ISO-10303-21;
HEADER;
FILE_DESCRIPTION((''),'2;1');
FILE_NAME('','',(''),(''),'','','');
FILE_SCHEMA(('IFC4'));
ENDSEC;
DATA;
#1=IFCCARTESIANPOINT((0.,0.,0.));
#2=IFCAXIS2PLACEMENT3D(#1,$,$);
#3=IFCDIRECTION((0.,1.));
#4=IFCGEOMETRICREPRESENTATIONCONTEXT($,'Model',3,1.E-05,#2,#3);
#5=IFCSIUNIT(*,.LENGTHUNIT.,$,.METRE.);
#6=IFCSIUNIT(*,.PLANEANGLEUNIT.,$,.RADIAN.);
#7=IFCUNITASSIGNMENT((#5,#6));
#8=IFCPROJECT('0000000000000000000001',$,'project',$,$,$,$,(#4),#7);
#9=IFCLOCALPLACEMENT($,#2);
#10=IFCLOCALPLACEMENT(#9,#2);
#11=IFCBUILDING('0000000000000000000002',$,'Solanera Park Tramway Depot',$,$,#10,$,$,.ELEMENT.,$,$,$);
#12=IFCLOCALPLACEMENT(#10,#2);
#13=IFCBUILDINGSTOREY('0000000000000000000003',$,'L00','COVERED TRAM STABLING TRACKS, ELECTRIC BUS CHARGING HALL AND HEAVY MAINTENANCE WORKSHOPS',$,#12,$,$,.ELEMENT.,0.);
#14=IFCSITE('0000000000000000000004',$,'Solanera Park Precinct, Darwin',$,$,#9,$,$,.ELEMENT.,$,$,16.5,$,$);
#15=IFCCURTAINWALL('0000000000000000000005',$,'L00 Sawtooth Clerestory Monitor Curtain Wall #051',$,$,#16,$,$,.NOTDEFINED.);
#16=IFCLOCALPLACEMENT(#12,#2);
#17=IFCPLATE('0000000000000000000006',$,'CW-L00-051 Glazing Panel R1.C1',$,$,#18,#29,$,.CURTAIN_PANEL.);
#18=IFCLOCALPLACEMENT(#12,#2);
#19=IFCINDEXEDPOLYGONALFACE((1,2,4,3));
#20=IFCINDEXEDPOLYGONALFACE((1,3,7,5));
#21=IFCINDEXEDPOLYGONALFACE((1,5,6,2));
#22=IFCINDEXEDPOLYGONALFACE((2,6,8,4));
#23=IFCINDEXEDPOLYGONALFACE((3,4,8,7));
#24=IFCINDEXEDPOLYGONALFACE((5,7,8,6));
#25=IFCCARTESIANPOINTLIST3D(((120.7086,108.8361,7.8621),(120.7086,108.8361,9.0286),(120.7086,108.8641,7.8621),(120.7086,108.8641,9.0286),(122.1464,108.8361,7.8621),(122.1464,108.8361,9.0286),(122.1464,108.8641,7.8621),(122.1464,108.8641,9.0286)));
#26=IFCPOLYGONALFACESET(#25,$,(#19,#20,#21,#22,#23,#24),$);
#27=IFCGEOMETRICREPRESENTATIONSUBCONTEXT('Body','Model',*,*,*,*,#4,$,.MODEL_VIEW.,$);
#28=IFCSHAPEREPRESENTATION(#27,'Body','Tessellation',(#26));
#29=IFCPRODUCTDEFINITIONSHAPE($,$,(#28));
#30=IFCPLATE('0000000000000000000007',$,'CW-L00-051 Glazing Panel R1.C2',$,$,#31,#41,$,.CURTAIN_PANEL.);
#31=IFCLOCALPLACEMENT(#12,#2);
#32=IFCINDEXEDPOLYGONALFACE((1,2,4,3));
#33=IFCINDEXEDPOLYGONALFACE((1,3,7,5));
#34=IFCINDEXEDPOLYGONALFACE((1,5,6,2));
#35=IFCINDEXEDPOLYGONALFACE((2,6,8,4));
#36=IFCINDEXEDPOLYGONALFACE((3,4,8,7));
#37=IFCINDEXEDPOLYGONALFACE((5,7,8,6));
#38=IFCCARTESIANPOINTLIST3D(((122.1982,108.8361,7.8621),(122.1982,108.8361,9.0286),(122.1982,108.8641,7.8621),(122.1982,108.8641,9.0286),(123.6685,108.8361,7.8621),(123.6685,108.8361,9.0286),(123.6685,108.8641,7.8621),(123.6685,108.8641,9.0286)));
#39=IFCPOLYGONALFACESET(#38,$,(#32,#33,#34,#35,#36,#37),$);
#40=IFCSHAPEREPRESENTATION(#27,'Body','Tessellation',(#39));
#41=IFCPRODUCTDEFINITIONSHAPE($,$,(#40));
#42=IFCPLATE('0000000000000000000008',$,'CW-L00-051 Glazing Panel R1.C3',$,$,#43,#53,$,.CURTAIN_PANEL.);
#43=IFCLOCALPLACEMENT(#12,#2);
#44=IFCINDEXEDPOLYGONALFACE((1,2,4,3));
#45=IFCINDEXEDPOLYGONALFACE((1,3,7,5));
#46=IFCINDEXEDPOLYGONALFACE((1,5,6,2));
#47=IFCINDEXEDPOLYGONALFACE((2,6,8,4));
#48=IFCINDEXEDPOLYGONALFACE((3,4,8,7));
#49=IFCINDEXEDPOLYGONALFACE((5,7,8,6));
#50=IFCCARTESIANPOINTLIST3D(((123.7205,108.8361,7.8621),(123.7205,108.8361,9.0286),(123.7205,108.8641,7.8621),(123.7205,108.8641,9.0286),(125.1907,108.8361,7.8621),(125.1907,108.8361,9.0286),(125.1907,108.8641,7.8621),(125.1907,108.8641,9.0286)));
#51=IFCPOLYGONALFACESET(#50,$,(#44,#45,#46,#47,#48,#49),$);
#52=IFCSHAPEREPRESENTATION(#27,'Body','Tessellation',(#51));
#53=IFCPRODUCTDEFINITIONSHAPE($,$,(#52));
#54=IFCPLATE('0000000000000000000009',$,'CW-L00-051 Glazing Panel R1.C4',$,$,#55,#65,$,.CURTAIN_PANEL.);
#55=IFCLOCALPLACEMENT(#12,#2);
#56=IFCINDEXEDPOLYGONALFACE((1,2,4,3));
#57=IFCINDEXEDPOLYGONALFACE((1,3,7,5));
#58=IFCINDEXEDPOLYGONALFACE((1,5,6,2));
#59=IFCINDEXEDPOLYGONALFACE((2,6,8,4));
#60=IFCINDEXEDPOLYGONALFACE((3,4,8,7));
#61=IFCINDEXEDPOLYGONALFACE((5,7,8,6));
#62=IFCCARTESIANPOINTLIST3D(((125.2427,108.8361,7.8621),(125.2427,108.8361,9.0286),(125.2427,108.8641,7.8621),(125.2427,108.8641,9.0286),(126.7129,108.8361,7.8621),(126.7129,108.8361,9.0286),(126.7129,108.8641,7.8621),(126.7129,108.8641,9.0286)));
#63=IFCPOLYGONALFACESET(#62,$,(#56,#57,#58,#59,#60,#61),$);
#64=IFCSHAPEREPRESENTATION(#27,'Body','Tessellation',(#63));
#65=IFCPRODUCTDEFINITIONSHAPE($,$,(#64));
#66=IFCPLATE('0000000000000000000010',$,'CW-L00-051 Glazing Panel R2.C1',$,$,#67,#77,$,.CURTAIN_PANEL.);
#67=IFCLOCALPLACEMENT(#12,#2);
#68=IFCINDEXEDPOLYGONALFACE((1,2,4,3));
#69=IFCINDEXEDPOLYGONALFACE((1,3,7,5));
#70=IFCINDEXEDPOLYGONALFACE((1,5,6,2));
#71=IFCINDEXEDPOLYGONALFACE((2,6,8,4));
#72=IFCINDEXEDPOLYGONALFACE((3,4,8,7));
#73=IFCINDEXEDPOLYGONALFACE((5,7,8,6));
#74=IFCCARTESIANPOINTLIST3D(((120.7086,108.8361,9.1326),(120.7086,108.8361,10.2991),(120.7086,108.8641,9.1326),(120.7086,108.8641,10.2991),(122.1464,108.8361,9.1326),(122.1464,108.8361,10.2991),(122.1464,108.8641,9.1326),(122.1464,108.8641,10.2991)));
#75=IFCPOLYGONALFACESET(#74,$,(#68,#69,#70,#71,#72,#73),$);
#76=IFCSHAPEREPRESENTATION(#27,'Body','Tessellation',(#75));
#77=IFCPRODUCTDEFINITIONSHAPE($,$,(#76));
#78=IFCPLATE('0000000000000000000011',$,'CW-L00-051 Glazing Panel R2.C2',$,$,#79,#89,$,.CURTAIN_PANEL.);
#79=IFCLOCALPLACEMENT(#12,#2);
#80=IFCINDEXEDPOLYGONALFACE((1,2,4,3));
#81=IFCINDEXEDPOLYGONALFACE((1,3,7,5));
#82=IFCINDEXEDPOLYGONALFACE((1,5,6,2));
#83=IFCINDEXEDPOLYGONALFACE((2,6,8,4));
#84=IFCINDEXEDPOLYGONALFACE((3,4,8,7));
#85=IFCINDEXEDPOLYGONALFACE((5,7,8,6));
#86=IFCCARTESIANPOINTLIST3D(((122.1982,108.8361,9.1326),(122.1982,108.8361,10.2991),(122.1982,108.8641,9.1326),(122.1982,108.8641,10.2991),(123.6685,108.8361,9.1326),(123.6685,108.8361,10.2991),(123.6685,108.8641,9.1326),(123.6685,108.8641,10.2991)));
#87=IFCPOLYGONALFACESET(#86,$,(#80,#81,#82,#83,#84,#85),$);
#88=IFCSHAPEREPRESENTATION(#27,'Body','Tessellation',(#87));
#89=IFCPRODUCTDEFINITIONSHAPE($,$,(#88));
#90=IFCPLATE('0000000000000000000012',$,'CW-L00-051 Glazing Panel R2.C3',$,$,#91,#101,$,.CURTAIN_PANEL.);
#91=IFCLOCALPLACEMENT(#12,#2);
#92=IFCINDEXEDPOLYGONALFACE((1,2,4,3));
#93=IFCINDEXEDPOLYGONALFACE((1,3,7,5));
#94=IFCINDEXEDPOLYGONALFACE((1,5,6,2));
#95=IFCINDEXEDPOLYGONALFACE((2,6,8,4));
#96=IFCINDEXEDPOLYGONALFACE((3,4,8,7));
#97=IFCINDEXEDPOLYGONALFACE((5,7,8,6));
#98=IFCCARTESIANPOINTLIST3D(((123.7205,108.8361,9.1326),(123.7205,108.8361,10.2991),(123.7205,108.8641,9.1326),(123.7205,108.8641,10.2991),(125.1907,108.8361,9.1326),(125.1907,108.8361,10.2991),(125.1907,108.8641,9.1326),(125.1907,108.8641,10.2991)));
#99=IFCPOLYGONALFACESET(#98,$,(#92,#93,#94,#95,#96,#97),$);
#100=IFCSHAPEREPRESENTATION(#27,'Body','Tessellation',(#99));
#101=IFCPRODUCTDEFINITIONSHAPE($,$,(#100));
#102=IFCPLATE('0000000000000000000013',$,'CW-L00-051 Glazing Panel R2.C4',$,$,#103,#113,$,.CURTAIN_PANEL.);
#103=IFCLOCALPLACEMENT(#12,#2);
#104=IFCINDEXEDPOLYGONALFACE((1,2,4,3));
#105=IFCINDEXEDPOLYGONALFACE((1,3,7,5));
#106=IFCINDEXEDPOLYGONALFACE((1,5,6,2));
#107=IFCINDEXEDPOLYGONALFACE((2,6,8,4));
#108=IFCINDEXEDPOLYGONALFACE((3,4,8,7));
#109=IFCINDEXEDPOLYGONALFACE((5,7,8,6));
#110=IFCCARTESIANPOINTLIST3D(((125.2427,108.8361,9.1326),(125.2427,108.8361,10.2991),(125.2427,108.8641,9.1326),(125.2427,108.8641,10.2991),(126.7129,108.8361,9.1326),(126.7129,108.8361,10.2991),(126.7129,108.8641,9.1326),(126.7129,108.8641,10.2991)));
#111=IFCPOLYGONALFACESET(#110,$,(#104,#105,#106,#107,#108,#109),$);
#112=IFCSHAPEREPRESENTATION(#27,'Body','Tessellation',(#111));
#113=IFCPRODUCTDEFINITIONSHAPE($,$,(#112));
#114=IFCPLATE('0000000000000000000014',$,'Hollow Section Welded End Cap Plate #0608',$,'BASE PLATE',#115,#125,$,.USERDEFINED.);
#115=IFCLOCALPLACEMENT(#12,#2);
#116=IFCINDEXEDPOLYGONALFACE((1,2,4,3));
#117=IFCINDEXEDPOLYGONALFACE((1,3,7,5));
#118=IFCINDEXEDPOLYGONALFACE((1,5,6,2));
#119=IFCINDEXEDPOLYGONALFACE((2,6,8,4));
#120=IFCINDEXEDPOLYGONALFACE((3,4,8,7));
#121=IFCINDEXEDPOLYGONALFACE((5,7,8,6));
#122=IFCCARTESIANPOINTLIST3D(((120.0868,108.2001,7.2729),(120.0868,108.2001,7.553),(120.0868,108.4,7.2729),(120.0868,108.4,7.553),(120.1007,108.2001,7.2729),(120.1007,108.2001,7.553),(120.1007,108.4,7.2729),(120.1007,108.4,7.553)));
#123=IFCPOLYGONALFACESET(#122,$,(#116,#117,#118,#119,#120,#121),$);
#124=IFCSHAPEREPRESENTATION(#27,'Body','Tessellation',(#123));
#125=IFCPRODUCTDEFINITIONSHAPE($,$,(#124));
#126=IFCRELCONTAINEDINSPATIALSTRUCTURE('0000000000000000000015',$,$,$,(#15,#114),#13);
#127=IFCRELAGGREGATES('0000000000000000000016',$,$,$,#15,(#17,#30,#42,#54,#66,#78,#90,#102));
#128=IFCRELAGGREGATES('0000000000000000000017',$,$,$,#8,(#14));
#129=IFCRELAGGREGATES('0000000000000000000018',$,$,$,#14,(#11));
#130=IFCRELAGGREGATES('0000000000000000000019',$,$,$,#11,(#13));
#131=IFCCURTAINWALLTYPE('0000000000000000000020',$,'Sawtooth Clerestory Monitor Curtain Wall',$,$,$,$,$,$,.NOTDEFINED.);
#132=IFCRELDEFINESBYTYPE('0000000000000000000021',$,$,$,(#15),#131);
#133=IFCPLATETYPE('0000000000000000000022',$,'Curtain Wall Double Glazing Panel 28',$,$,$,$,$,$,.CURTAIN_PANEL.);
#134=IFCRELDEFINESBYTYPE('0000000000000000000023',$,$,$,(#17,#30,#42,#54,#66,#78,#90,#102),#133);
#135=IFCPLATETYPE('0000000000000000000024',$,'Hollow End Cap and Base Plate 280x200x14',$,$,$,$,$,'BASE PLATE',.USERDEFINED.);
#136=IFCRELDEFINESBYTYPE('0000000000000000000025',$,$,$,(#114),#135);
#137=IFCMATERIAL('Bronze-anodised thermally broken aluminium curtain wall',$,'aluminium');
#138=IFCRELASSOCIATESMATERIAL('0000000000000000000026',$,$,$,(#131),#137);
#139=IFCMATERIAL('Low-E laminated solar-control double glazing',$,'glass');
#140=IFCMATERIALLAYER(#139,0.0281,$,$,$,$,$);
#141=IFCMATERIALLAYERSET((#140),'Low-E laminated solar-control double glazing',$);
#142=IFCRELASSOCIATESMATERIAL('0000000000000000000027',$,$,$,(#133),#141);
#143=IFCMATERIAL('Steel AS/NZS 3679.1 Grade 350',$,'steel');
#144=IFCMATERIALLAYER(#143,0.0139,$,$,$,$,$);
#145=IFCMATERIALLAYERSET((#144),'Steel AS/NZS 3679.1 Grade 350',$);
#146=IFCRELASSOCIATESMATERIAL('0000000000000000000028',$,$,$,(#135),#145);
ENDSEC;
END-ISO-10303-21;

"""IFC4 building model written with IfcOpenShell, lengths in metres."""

from ifc_helpers import new_model, si_unit, direction, frame, origin, origin_2d, place, context, subcontext, project, spatial, rectangle, extrude, material, layer, layer_set, type_object, element, aggregate, save


model = new_model("IFC4")

# Units and contexts
model_context = context("Model", 3, precision=1e-05, world=origin(), true_north=direction((0.0, 1.0)))
body_context = subcontext(model_context, "Body", "Model", "MODEL_VIEW")
ifc_project = project(units=[si_unit("LENGTHUNIT", "METRE"), si_unit("PLANEANGLEUNIT", "RADIAN")], contexts=[model_context])

# Site, building, storey
site_placement = place(None, origin())
site = spatial("IfcSite", under=ifc_project, at=site_placement, Name="Solanera Park Precinct, Darwin", CompositionType="ELEMENT", RefElevation=16.5)
building_placement = place(site_placement, origin())
building = spatial("IfcBuilding", under=site, at=building_placement, Name="Solanera Park Tramway Depot", CompositionType="ELEMENT")
storey_placement = place(building_placement, origin())
storey = spatial("IfcBuildingStorey", under=building, at=storey_placement, Name="L00", Description="COVERED TRAM STABLING TRACKS, ELECTRIC BUS CHARGING HALL AND HEAVY MAINTENANCE WORKSHOPS", CompositionType="ELEMENT", Elevation=0.0)

# Curtain wall
ifc_material_1 = material(Name="Bronze-anodised thermally broken aluminium curtain wall", Category="aluminium")
curtain_wall_type = type_object("IfcCurtainWallType", Name="Sawtooth Clerestory Monitor Curtain Wall", PredefinedType="NOTDEFINED", material=ifc_material_1)
curtain_wall_placement = place(storey_placement, origin())
curtain_wall = element("IfcCurtainWall", 1, at=curtain_wall_placement, inside=storey, type_object=curtain_wall_type, Name="L00 Sawtooth Clerestory Monitor Curtain Wall #051", PredefinedType="NOTDEFINED")

# Plates
ifc_material_2 = material(Name="Low-E laminated solar-control double glazing", Category="glass")
ifc_layer_1 = layer(ifc_material_2, 0.0281)
ifc_layer_set_1 = layer_set([ifc_layer_1], Name="Low-E laminated solar-control double glazing")
plate_type_1 = type_object("IfcPlateType", Name="Curtain Wall Double Glazing Panel 28", PredefinedType="CURTAIN_PANEL", material=ifc_layer_set_1)
plate_1_placement = place(storey_placement, frame((121.4275, 108.8501, 7.8621), z_axis=(0.0, 0.0, 1.0), x_axis=(1.0, 0.0, 0.0)))
plate_1 = element("IfcPlate", 2, at=plate_1_placement, type_object=plate_type_1, Name="CW-L00-051 Glazing Panel R1.C1", PredefinedType="CURTAIN_PANEL", context=body_context, shape_type="SweptSolid", body=[
    extrude(rectangle(XDim=1.4377, YDim=0.0281, at=origin_2d()), origin(), (0.0, 0.0, 1.0), 1.1665),
])
plate_2_placement = place(storey_placement, frame((122.9333, 108.8501, 7.8621), z_axis=(0.0, 0.0, 1.0), x_axis=(1.0, 0.0, 0.0)))
plate_2 = element("IfcPlate", 3, at=plate_2_placement, type_object=plate_type_1, Name="CW-L00-051 Glazing Panel R1.C2", PredefinedType="CURTAIN_PANEL", context=body_context, shape_type="SweptSolid", body=[
    extrude(rectangle(XDim=1.4702, YDim=0.0281, at=origin_2d()), origin(), (0.0, 0.0, 1.0), 1.1665),
])
plate_3_placement = place(storey_placement, frame((124.4556, 108.8501, 7.8621), z_axis=(0.0, 0.0, 1.0), x_axis=(1.0, 0.0, 0.0)))
plate_3 = element("IfcPlate", 4, at=plate_3_placement, type_object=plate_type_1, Name="CW-L00-051 Glazing Panel R1.C3", PredefinedType="CURTAIN_PANEL", context=body_context, shape_type="SweptSolid", body=[
    extrude(rectangle(XDim=1.4702, YDim=0.0281, at=origin_2d()), origin(), (0.0, 0.0, 1.0), 1.1665),
])
plate_4_placement = place(storey_placement, frame((125.9778, 108.8501, 7.8621), z_axis=(0.0, 0.0, 1.0), x_axis=(1.0, 0.0, 0.0)))
plate_4 = element("IfcPlate", 5, at=plate_4_placement, type_object=plate_type_1, Name="CW-L00-051 Glazing Panel R1.C4", PredefinedType="CURTAIN_PANEL", context=body_context, shape_type="SweptSolid", body=[
    extrude(rectangle(XDim=1.4702, YDim=0.0281, at=origin_2d()), origin(), (0.0, 0.0, 1.0), 1.1665),
])
plate_5_placement = place(storey_placement, frame((121.4275, 108.8501, 9.1326), z_axis=(0.0, 0.0, 1.0), x_axis=(1.0, 0.0, 0.0)))
plate_5 = element("IfcPlate", 6, at=plate_5_placement, type_object=plate_type_1, Name="CW-L00-051 Glazing Panel R2.C1", PredefinedType="CURTAIN_PANEL", context=body_context, shape_type="SweptSolid", body=[
    extrude(rectangle(XDim=1.4377, YDim=0.0281, at=origin_2d()), origin(), (0.0, 0.0, 1.0), 1.1665),
])
plate_6_placement = place(storey_placement, frame((122.9333, 108.8501, 9.1326), z_axis=(0.0, 0.0, 1.0), x_axis=(1.0, 0.0, 0.0)))
plate_6 = element("IfcPlate", 7, at=plate_6_placement, type_object=plate_type_1, Name="CW-L00-051 Glazing Panel R2.C2", PredefinedType="CURTAIN_PANEL", context=body_context, shape_type="SweptSolid", body=[
    extrude(rectangle(XDim=1.4702, YDim=0.0281, at=origin_2d()), origin(), (0.0, 0.0, 1.0), 1.1665),
])
plate_7_placement = place(storey_placement, frame((124.4556, 108.8501, 9.1326), z_axis=(0.0, 0.0, 1.0), x_axis=(1.0, 0.0, 0.0)))
plate_7 = element("IfcPlate", 8, at=plate_7_placement, type_object=plate_type_1, Name="CW-L00-051 Glazing Panel R2.C3", PredefinedType="CURTAIN_PANEL", context=body_context, shape_type="SweptSolid", body=[
    extrude(rectangle(XDim=1.4702, YDim=0.0281, at=origin_2d()), origin(), (0.0, 0.0, 1.0), 1.1665),
])
plate_8_placement = place(storey_placement, frame((125.9778, 108.8501, 9.1326), z_axis=(0.0, 0.0, 1.0), x_axis=(1.0, 0.0, 0.0)))
plate_8 = element("IfcPlate", 9, at=plate_8_placement, type_object=plate_type_1, Name="CW-L00-051 Glazing Panel R2.C4", PredefinedType="CURTAIN_PANEL", context=body_context, shape_type="SweptSolid", body=[
    extrude(rectangle(XDim=1.4702, YDim=0.0281, at=origin_2d()), origin(), (0.0, 0.0, 1.0), 1.1665),
])
aggregate(curtain_wall, [plate_1, plate_2, plate_3, plate_4, plate_5, plate_6, plate_7, plate_8])
ifc_material_3 = material(Name="Steel AS/NZS 3679.1 Grade 350", Category="steel")
ifc_layer_2 = layer(ifc_material_3, 0.0139)
ifc_layer_set_2 = layer_set([ifc_layer_2], Name="Steel AS/NZS 3679.1 Grade 350")
plate_type_2 = type_object("IfcPlateType", Name="Hollow End Cap and Base Plate 280x200x14", ElementType="BASE PLATE", PredefinedType="USERDEFINED", material=ifc_layer_set_2)
plate_9_placement = place(storey_placement, frame((120.0938, 108.3, 7.2729), z_axis=(0.0, 0.0, 1.0), x_axis=(1.0, 0.0, 0.0)))
element("IfcPlate", 10, at=plate_9_placement, inside=storey, type_object=plate_type_2, Name="Hollow Section Welded End Cap Plate #0608", ObjectType="BASE PLATE", PredefinedType="USERDEFINED", context=body_context, shape_type="SweptSolid", body=[
    extrude(rectangle(XDim=0.0139, YDim=0.2, at=origin_2d()), origin(), (0.0, 0.0, 1.0), 0.28),
])

save(model, "model.ifc")
